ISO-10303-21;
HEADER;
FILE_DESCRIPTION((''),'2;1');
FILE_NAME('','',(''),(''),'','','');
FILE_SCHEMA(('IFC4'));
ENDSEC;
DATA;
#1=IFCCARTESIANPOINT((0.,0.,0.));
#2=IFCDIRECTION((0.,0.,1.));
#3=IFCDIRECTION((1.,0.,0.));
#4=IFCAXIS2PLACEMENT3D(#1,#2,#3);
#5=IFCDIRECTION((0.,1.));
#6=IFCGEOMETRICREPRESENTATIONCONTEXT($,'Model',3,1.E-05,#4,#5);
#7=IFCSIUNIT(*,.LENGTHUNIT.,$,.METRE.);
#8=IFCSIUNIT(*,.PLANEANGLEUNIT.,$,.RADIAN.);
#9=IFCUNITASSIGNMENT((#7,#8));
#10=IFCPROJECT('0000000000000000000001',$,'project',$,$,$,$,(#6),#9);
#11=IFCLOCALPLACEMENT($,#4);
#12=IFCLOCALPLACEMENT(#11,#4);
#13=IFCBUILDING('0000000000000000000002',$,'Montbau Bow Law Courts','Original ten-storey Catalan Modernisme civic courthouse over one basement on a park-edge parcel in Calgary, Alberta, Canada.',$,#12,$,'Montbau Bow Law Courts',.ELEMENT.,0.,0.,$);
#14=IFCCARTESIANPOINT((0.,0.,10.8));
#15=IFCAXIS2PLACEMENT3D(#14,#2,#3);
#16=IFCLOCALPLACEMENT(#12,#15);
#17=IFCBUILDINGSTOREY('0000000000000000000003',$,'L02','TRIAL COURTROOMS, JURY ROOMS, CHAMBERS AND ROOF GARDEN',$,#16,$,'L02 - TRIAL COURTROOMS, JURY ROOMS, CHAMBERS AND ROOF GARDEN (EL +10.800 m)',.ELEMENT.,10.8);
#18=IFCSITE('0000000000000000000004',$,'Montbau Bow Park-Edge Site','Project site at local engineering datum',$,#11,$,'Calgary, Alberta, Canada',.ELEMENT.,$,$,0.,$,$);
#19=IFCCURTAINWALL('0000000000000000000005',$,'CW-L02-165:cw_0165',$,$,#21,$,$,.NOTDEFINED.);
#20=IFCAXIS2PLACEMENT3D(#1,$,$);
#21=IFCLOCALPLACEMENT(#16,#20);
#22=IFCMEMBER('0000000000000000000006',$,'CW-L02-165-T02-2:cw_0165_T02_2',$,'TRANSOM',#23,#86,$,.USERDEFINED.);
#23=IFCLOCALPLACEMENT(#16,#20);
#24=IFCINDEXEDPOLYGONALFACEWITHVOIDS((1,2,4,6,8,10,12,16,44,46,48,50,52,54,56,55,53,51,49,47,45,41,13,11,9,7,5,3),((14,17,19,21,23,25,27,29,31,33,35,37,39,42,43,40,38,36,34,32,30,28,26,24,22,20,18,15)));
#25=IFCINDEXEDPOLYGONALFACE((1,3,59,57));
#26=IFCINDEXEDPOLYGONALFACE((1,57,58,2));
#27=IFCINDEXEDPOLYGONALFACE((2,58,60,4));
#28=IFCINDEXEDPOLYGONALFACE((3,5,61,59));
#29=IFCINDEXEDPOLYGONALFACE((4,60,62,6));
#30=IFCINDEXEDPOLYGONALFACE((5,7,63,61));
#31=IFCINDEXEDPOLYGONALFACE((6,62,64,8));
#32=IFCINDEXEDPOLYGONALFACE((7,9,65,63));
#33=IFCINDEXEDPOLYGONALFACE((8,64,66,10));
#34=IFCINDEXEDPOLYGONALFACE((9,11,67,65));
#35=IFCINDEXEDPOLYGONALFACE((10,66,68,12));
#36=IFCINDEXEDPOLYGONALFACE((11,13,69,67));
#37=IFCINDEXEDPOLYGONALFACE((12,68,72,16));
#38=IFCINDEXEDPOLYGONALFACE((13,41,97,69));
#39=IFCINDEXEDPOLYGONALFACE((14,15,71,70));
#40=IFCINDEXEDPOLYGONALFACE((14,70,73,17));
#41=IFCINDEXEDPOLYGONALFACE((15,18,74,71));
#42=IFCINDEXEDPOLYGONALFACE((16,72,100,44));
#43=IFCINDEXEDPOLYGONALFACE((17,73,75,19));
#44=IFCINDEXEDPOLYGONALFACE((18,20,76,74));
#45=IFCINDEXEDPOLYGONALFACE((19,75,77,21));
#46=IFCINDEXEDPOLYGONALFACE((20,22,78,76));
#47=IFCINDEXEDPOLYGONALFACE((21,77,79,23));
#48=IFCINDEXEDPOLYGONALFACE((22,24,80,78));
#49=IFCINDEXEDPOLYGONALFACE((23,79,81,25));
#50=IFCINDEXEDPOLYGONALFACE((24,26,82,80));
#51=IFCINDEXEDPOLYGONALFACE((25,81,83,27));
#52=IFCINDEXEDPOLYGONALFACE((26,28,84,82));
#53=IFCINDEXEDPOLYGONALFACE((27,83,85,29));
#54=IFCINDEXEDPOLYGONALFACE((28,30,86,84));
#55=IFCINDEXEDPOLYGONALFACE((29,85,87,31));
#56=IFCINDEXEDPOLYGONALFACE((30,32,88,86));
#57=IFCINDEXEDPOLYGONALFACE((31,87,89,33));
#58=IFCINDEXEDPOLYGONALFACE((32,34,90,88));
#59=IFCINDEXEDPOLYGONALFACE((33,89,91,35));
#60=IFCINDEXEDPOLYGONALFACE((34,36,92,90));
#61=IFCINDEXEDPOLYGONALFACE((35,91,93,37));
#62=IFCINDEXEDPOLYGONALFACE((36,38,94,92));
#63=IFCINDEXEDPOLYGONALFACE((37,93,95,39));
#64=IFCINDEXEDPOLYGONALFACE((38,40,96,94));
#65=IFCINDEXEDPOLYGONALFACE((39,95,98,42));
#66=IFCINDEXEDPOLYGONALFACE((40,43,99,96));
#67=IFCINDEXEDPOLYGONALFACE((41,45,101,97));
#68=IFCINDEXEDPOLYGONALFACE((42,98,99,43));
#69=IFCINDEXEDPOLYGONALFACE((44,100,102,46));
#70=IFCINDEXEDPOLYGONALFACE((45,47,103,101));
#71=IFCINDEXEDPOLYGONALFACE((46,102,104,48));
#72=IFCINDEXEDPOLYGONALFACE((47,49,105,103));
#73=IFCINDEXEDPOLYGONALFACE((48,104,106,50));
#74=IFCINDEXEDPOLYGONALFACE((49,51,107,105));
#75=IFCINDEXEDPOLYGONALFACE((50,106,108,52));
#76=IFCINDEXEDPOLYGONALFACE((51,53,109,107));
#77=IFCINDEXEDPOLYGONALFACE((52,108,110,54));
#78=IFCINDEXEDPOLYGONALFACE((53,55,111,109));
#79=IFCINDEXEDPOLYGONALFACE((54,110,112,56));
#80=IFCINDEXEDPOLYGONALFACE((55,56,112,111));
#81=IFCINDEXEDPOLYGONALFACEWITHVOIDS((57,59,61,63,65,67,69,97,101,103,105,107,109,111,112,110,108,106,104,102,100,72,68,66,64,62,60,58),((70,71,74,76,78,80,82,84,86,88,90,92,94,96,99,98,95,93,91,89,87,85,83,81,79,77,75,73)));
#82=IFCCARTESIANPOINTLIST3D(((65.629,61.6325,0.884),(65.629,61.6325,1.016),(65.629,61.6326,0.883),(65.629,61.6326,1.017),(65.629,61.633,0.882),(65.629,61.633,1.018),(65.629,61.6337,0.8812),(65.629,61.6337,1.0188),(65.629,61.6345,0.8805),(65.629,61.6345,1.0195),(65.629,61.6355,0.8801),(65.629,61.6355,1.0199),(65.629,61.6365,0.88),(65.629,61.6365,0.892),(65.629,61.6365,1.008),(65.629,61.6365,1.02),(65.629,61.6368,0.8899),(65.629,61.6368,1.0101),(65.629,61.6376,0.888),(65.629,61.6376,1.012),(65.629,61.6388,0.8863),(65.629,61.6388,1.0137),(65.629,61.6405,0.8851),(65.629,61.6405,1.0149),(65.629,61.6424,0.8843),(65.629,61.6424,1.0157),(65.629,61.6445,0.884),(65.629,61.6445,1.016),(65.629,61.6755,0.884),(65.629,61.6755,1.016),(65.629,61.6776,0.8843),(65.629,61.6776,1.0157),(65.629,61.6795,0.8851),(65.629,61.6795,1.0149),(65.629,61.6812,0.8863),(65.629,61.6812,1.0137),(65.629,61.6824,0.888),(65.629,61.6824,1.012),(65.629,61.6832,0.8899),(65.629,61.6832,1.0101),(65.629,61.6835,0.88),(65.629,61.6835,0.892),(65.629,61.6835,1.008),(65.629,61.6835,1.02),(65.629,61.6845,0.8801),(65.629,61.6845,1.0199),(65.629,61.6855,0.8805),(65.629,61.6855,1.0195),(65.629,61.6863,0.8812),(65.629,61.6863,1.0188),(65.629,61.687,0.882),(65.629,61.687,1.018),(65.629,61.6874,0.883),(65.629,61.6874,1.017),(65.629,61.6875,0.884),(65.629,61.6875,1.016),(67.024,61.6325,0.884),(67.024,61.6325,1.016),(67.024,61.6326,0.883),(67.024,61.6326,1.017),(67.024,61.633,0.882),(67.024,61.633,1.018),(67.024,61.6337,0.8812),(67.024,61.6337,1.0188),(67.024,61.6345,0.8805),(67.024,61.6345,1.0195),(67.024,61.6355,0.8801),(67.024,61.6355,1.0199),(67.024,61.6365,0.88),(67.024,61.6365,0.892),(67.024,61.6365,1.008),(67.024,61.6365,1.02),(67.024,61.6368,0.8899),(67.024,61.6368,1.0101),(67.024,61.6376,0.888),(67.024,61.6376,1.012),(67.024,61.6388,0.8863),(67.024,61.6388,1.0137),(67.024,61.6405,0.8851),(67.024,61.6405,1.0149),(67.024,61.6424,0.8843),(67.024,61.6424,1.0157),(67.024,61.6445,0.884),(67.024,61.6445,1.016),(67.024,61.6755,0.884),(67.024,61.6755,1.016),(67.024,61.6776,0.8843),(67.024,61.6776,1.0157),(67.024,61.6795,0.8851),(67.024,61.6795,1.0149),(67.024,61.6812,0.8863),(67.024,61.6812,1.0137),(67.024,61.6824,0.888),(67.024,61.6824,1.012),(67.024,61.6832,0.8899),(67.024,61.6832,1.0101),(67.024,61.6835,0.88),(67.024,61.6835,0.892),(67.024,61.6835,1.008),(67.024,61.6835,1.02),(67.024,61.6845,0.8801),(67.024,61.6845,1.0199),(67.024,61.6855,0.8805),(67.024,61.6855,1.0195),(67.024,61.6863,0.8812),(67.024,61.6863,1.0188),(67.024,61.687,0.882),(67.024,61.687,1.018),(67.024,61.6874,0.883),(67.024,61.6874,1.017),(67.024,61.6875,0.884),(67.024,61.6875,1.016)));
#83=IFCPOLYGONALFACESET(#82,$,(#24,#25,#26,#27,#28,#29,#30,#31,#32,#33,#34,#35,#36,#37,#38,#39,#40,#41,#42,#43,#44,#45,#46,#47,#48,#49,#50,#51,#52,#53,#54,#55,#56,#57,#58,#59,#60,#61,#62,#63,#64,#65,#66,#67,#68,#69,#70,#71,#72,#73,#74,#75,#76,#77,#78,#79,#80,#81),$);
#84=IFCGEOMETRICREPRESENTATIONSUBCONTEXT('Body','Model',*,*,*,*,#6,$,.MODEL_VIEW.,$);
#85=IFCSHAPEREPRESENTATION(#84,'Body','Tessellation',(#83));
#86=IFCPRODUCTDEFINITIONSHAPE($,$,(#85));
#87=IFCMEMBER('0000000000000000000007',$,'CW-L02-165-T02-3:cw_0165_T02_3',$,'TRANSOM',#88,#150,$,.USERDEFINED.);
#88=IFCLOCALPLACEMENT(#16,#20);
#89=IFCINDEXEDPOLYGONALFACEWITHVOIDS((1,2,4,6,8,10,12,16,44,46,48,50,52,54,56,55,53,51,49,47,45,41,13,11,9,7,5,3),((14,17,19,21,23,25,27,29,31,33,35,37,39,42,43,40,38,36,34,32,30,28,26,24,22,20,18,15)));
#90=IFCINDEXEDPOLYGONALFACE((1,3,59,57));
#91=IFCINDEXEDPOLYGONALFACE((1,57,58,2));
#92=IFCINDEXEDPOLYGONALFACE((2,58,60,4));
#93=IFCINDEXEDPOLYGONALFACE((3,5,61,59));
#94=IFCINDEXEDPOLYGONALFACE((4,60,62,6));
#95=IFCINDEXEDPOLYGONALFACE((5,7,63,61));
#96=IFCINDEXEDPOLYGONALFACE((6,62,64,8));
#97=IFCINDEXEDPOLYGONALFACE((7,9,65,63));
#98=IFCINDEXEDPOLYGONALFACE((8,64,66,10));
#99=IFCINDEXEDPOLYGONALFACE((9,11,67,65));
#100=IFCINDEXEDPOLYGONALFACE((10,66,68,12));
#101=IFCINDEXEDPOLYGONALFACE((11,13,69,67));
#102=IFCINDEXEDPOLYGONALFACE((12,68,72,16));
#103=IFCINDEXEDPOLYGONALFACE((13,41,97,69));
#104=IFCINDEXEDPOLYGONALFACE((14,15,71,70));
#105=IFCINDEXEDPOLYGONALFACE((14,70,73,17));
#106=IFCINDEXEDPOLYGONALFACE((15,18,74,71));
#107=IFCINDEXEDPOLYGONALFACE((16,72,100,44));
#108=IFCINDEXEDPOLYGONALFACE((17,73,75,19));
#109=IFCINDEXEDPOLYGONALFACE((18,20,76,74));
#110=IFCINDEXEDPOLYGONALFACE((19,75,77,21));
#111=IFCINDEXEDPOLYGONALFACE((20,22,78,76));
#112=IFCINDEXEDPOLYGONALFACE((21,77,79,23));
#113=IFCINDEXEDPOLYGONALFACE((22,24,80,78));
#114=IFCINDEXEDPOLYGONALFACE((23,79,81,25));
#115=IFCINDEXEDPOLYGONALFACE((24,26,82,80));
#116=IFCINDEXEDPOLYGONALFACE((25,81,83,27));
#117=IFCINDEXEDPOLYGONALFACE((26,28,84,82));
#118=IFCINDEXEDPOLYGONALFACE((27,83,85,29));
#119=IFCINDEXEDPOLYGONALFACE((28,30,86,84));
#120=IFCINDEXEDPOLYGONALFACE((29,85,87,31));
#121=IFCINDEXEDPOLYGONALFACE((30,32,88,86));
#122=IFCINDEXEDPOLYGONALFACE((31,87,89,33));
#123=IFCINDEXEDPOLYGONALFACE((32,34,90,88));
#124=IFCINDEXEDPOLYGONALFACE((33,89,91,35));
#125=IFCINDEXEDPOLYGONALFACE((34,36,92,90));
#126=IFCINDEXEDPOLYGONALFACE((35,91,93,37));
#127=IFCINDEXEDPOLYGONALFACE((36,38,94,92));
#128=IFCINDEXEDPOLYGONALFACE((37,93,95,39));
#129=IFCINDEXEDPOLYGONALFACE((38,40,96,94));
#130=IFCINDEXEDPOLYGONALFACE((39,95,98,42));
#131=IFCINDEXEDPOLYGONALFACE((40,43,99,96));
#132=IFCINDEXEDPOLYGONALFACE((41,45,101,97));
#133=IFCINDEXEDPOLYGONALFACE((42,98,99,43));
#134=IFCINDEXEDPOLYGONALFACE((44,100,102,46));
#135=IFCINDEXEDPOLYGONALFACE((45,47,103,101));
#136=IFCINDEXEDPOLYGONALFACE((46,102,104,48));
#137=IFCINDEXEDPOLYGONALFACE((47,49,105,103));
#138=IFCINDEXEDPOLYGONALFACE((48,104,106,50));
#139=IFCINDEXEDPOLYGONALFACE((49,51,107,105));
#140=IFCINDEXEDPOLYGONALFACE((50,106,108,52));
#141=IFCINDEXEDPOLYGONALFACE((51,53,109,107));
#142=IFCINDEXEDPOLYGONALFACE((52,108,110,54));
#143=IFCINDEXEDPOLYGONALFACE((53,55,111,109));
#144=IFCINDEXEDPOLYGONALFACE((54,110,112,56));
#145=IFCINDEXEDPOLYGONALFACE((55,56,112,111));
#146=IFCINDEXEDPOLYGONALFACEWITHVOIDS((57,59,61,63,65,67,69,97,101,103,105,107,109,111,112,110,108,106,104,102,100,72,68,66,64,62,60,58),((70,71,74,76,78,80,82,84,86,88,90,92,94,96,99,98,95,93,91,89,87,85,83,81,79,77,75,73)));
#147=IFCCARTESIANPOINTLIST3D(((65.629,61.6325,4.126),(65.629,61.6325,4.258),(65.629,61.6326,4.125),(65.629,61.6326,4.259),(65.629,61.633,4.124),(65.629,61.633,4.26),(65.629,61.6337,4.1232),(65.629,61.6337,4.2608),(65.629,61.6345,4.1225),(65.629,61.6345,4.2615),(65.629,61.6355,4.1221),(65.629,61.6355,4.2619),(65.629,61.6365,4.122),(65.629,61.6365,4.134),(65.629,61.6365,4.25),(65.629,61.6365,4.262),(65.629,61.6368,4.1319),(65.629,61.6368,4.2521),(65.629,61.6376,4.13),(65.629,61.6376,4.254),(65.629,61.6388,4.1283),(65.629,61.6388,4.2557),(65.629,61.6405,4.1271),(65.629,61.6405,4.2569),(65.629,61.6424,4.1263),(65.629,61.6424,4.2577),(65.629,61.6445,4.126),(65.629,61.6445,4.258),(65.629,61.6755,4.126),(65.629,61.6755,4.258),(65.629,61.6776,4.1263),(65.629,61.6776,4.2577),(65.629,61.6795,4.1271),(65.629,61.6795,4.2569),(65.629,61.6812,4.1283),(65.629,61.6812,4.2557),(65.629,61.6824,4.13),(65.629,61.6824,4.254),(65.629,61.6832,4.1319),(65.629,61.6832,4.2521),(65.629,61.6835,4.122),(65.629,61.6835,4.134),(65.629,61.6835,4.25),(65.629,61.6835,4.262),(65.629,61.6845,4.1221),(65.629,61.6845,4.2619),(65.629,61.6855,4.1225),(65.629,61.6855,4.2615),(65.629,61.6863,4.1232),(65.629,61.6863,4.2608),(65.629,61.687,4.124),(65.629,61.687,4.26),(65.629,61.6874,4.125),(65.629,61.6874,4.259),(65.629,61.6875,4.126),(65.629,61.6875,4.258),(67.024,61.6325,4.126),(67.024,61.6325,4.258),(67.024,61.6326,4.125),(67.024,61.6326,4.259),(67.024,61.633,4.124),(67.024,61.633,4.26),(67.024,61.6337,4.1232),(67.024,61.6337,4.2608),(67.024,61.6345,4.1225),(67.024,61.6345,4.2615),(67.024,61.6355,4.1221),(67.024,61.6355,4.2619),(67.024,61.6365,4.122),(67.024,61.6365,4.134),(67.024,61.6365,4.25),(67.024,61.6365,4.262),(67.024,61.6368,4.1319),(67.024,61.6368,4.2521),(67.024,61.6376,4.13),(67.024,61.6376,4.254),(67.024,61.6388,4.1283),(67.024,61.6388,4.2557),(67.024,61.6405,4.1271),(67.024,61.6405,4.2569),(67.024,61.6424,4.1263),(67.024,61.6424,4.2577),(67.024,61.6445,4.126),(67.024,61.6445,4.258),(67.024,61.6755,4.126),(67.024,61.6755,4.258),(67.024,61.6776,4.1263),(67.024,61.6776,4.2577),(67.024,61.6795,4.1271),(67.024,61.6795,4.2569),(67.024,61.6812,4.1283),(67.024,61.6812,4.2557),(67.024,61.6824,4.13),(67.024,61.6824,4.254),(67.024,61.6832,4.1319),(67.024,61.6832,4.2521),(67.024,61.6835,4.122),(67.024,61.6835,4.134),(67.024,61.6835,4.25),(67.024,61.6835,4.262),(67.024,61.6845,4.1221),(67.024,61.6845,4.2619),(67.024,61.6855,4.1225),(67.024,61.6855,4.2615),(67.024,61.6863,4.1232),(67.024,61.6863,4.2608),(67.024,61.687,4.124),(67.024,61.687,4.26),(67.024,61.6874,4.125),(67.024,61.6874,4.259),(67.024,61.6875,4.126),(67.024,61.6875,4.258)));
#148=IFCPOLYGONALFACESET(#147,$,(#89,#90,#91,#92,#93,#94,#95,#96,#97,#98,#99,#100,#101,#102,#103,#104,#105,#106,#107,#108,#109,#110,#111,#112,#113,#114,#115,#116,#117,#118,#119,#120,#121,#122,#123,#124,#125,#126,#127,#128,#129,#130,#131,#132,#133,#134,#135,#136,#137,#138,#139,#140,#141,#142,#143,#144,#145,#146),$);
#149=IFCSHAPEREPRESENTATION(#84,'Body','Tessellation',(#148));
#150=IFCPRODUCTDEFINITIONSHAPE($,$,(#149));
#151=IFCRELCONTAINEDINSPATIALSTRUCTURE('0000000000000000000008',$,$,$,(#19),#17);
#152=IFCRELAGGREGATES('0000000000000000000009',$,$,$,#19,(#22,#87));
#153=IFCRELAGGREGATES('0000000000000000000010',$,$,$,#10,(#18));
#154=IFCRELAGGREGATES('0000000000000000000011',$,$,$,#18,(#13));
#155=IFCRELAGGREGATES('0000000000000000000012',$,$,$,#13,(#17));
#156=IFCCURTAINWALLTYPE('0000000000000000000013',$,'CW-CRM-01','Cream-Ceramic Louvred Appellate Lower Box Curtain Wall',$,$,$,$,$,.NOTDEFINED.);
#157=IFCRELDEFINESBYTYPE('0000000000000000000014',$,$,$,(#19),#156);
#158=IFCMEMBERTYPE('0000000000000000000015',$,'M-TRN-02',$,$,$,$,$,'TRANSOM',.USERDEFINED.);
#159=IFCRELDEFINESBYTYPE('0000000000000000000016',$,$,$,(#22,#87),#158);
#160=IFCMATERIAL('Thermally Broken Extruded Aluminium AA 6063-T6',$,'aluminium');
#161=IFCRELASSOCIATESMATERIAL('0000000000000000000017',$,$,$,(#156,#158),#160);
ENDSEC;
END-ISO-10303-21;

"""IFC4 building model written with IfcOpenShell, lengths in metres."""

from ifc_helpers import new_model, si_unit, direction, frame, origin_with_axes, origin_2d_with_axis, place, context, subcontext, project, spatial, hollow_rectangle, extrude, material, material_profile, profile_set, type_object, element, aggregate, save


model = new_model("IFC4")

# Units and contexts
model_context = context("Model", 3, precision=1e-05, world=origin_with_axes(), true_north=direction((0.0, 1.0)))
body_context = subcontext(model_context, "Body", "Model", "MODEL_VIEW")
ifc_project = project(units=[si_unit("LENGTHUNIT", "METRE"), si_unit("PLANEANGLEUNIT", "RADIAN")], contexts=[model_context])

# Site, building, storey
site_placement = place(None, origin_with_axes())
site = spatial("IfcSite", under=ifc_project, at=site_placement, Name="Montbau Bow Park-Edge Site", Description="Project site at local engineering datum", LongName="Calgary, Alberta, Canada", CompositionType="ELEMENT", RefElevation=0.0)
building_placement = place(site_placement, origin_with_axes())
building = spatial("IfcBuilding", under=site, at=building_placement, Name="Montbau Bow Law Courts", Description="Original ten-storey Catalan Modernisme civic courthouse over one basement on a park-edge parcel in Calgary, Alberta, Canada.", LongName="Montbau Bow Law Courts", CompositionType="ELEMENT", ElevationOfRefHeight=0.0, ElevationOfTerrain=0.0)
storey_placement = place(building_placement, frame((0.0, 0.0, 10.8), z_axis=(0.0, 0.0, 1.0), x_axis=(1.0, 0.0, 0.0)))
storey = spatial("IfcBuildingStorey", under=building, at=storey_placement, Name="L02", Description="TRIAL COURTROOMS, JURY ROOMS, CHAMBERS AND ROOF GARDEN", LongName="L02 - TRIAL COURTROOMS, JURY ROOMS, CHAMBERS AND ROOF GARDEN (EL +10.800 m)", CompositionType="ELEMENT", Elevation=10.8)

# Curtain wall, members
ifc_material_1 = material(Name="Thermally Broken Extruded Aluminium AA 6063-T6", Category="aluminium")
curtain_wall_type = type_object("IfcCurtainWallType", Name="CW-CRM-01", Description="Cream-Ceramic Louvred Appellate Lower Box Curtain Wall", PredefinedType="NOTDEFINED", material=ifc_material_1)
curtain_wall_placement = place(None, frame((64.115, 61.66, 10.8), z_axis=(0.0, 0.0, 1.0), x_axis=(1.0, 0.0, 0.0)))
curtain_wall = element("IfcCurtainWall", 1, at=curtain_wall_placement, inside=storey, type_object=curtain_wall_type, Name="CW-L02-165:cw_0165", PredefinedType="NOTDEFINED")
ifc_material_profile_1 = material_profile(ifc_material_1, hollow_rectangle(XDim=0.055, YDim=0.14, WallThickness=0.004, InnerFilletRadius=0.008, OuterFilletRadius=0.004, at=origin_2d_with_axis()), Name="CWT-140X55", Category="Main", Priority=0)
ifc_profile_set_1 = profile_set([ifc_material_profile_1], Name="Thermally Broken Extruded Aluminium AA 6063-T6")
member_type_1 = type_object("IfcMemberType", Name="M-TRN-02", ElementType="TRANSOM", PredefinedType="USERDEFINED", material=ifc_profile_set_1)
member_1_placement = place(None, frame((65.629, 61.66, 11.75), z_axis=(1.0, 0.0, 0.0), x_axis=(0.0, 1.0, 0.0)))
member_1 = element("IfcMember", 2, at=member_1_placement, type_object=member_type_1, Name="CW-L02-165-T02-2:cw_0165_T02_2", ObjectType="TRANSOM", PredefinedType="USERDEFINED", context=body_context, shape_type="SweptSolid", body=[
    extrude(hollow_rectangle(XDim=0.055, YDim=0.14, WallThickness=0.004, InnerFilletRadius=0.008, OuterFilletRadius=0.004, at=origin_2d_with_axis()), origin_with_axes(), (0.0, 0.0, 1.0), 1.395),
])
member_2_placement = place(None, frame((65.629, 61.66, 14.992), z_axis=(1.0, 0.0, 0.0), x_axis=(0.0, 1.0, 0.0)))
member_2 = element("IfcMember", 3, at=member_2_placement, type_object=member_type_1, Name="CW-L02-165-T02-3:cw_0165_T02_3", ObjectType="TRANSOM", PredefinedType="USERDEFINED", context=body_context, shape_type="SweptSolid", body=[
    extrude(hollow_rectangle(XDim=0.055, YDim=0.14, WallThickness=0.004, InnerFilletRadius=0.008, OuterFilletRadius=0.004, at=origin_2d_with_axis()), origin_with_axes(), (0.0, 0.0, 1.0), 1.395),
])
aggregate(curtain_wall, [member_1, member_2])

save(model, "model.ifc")
